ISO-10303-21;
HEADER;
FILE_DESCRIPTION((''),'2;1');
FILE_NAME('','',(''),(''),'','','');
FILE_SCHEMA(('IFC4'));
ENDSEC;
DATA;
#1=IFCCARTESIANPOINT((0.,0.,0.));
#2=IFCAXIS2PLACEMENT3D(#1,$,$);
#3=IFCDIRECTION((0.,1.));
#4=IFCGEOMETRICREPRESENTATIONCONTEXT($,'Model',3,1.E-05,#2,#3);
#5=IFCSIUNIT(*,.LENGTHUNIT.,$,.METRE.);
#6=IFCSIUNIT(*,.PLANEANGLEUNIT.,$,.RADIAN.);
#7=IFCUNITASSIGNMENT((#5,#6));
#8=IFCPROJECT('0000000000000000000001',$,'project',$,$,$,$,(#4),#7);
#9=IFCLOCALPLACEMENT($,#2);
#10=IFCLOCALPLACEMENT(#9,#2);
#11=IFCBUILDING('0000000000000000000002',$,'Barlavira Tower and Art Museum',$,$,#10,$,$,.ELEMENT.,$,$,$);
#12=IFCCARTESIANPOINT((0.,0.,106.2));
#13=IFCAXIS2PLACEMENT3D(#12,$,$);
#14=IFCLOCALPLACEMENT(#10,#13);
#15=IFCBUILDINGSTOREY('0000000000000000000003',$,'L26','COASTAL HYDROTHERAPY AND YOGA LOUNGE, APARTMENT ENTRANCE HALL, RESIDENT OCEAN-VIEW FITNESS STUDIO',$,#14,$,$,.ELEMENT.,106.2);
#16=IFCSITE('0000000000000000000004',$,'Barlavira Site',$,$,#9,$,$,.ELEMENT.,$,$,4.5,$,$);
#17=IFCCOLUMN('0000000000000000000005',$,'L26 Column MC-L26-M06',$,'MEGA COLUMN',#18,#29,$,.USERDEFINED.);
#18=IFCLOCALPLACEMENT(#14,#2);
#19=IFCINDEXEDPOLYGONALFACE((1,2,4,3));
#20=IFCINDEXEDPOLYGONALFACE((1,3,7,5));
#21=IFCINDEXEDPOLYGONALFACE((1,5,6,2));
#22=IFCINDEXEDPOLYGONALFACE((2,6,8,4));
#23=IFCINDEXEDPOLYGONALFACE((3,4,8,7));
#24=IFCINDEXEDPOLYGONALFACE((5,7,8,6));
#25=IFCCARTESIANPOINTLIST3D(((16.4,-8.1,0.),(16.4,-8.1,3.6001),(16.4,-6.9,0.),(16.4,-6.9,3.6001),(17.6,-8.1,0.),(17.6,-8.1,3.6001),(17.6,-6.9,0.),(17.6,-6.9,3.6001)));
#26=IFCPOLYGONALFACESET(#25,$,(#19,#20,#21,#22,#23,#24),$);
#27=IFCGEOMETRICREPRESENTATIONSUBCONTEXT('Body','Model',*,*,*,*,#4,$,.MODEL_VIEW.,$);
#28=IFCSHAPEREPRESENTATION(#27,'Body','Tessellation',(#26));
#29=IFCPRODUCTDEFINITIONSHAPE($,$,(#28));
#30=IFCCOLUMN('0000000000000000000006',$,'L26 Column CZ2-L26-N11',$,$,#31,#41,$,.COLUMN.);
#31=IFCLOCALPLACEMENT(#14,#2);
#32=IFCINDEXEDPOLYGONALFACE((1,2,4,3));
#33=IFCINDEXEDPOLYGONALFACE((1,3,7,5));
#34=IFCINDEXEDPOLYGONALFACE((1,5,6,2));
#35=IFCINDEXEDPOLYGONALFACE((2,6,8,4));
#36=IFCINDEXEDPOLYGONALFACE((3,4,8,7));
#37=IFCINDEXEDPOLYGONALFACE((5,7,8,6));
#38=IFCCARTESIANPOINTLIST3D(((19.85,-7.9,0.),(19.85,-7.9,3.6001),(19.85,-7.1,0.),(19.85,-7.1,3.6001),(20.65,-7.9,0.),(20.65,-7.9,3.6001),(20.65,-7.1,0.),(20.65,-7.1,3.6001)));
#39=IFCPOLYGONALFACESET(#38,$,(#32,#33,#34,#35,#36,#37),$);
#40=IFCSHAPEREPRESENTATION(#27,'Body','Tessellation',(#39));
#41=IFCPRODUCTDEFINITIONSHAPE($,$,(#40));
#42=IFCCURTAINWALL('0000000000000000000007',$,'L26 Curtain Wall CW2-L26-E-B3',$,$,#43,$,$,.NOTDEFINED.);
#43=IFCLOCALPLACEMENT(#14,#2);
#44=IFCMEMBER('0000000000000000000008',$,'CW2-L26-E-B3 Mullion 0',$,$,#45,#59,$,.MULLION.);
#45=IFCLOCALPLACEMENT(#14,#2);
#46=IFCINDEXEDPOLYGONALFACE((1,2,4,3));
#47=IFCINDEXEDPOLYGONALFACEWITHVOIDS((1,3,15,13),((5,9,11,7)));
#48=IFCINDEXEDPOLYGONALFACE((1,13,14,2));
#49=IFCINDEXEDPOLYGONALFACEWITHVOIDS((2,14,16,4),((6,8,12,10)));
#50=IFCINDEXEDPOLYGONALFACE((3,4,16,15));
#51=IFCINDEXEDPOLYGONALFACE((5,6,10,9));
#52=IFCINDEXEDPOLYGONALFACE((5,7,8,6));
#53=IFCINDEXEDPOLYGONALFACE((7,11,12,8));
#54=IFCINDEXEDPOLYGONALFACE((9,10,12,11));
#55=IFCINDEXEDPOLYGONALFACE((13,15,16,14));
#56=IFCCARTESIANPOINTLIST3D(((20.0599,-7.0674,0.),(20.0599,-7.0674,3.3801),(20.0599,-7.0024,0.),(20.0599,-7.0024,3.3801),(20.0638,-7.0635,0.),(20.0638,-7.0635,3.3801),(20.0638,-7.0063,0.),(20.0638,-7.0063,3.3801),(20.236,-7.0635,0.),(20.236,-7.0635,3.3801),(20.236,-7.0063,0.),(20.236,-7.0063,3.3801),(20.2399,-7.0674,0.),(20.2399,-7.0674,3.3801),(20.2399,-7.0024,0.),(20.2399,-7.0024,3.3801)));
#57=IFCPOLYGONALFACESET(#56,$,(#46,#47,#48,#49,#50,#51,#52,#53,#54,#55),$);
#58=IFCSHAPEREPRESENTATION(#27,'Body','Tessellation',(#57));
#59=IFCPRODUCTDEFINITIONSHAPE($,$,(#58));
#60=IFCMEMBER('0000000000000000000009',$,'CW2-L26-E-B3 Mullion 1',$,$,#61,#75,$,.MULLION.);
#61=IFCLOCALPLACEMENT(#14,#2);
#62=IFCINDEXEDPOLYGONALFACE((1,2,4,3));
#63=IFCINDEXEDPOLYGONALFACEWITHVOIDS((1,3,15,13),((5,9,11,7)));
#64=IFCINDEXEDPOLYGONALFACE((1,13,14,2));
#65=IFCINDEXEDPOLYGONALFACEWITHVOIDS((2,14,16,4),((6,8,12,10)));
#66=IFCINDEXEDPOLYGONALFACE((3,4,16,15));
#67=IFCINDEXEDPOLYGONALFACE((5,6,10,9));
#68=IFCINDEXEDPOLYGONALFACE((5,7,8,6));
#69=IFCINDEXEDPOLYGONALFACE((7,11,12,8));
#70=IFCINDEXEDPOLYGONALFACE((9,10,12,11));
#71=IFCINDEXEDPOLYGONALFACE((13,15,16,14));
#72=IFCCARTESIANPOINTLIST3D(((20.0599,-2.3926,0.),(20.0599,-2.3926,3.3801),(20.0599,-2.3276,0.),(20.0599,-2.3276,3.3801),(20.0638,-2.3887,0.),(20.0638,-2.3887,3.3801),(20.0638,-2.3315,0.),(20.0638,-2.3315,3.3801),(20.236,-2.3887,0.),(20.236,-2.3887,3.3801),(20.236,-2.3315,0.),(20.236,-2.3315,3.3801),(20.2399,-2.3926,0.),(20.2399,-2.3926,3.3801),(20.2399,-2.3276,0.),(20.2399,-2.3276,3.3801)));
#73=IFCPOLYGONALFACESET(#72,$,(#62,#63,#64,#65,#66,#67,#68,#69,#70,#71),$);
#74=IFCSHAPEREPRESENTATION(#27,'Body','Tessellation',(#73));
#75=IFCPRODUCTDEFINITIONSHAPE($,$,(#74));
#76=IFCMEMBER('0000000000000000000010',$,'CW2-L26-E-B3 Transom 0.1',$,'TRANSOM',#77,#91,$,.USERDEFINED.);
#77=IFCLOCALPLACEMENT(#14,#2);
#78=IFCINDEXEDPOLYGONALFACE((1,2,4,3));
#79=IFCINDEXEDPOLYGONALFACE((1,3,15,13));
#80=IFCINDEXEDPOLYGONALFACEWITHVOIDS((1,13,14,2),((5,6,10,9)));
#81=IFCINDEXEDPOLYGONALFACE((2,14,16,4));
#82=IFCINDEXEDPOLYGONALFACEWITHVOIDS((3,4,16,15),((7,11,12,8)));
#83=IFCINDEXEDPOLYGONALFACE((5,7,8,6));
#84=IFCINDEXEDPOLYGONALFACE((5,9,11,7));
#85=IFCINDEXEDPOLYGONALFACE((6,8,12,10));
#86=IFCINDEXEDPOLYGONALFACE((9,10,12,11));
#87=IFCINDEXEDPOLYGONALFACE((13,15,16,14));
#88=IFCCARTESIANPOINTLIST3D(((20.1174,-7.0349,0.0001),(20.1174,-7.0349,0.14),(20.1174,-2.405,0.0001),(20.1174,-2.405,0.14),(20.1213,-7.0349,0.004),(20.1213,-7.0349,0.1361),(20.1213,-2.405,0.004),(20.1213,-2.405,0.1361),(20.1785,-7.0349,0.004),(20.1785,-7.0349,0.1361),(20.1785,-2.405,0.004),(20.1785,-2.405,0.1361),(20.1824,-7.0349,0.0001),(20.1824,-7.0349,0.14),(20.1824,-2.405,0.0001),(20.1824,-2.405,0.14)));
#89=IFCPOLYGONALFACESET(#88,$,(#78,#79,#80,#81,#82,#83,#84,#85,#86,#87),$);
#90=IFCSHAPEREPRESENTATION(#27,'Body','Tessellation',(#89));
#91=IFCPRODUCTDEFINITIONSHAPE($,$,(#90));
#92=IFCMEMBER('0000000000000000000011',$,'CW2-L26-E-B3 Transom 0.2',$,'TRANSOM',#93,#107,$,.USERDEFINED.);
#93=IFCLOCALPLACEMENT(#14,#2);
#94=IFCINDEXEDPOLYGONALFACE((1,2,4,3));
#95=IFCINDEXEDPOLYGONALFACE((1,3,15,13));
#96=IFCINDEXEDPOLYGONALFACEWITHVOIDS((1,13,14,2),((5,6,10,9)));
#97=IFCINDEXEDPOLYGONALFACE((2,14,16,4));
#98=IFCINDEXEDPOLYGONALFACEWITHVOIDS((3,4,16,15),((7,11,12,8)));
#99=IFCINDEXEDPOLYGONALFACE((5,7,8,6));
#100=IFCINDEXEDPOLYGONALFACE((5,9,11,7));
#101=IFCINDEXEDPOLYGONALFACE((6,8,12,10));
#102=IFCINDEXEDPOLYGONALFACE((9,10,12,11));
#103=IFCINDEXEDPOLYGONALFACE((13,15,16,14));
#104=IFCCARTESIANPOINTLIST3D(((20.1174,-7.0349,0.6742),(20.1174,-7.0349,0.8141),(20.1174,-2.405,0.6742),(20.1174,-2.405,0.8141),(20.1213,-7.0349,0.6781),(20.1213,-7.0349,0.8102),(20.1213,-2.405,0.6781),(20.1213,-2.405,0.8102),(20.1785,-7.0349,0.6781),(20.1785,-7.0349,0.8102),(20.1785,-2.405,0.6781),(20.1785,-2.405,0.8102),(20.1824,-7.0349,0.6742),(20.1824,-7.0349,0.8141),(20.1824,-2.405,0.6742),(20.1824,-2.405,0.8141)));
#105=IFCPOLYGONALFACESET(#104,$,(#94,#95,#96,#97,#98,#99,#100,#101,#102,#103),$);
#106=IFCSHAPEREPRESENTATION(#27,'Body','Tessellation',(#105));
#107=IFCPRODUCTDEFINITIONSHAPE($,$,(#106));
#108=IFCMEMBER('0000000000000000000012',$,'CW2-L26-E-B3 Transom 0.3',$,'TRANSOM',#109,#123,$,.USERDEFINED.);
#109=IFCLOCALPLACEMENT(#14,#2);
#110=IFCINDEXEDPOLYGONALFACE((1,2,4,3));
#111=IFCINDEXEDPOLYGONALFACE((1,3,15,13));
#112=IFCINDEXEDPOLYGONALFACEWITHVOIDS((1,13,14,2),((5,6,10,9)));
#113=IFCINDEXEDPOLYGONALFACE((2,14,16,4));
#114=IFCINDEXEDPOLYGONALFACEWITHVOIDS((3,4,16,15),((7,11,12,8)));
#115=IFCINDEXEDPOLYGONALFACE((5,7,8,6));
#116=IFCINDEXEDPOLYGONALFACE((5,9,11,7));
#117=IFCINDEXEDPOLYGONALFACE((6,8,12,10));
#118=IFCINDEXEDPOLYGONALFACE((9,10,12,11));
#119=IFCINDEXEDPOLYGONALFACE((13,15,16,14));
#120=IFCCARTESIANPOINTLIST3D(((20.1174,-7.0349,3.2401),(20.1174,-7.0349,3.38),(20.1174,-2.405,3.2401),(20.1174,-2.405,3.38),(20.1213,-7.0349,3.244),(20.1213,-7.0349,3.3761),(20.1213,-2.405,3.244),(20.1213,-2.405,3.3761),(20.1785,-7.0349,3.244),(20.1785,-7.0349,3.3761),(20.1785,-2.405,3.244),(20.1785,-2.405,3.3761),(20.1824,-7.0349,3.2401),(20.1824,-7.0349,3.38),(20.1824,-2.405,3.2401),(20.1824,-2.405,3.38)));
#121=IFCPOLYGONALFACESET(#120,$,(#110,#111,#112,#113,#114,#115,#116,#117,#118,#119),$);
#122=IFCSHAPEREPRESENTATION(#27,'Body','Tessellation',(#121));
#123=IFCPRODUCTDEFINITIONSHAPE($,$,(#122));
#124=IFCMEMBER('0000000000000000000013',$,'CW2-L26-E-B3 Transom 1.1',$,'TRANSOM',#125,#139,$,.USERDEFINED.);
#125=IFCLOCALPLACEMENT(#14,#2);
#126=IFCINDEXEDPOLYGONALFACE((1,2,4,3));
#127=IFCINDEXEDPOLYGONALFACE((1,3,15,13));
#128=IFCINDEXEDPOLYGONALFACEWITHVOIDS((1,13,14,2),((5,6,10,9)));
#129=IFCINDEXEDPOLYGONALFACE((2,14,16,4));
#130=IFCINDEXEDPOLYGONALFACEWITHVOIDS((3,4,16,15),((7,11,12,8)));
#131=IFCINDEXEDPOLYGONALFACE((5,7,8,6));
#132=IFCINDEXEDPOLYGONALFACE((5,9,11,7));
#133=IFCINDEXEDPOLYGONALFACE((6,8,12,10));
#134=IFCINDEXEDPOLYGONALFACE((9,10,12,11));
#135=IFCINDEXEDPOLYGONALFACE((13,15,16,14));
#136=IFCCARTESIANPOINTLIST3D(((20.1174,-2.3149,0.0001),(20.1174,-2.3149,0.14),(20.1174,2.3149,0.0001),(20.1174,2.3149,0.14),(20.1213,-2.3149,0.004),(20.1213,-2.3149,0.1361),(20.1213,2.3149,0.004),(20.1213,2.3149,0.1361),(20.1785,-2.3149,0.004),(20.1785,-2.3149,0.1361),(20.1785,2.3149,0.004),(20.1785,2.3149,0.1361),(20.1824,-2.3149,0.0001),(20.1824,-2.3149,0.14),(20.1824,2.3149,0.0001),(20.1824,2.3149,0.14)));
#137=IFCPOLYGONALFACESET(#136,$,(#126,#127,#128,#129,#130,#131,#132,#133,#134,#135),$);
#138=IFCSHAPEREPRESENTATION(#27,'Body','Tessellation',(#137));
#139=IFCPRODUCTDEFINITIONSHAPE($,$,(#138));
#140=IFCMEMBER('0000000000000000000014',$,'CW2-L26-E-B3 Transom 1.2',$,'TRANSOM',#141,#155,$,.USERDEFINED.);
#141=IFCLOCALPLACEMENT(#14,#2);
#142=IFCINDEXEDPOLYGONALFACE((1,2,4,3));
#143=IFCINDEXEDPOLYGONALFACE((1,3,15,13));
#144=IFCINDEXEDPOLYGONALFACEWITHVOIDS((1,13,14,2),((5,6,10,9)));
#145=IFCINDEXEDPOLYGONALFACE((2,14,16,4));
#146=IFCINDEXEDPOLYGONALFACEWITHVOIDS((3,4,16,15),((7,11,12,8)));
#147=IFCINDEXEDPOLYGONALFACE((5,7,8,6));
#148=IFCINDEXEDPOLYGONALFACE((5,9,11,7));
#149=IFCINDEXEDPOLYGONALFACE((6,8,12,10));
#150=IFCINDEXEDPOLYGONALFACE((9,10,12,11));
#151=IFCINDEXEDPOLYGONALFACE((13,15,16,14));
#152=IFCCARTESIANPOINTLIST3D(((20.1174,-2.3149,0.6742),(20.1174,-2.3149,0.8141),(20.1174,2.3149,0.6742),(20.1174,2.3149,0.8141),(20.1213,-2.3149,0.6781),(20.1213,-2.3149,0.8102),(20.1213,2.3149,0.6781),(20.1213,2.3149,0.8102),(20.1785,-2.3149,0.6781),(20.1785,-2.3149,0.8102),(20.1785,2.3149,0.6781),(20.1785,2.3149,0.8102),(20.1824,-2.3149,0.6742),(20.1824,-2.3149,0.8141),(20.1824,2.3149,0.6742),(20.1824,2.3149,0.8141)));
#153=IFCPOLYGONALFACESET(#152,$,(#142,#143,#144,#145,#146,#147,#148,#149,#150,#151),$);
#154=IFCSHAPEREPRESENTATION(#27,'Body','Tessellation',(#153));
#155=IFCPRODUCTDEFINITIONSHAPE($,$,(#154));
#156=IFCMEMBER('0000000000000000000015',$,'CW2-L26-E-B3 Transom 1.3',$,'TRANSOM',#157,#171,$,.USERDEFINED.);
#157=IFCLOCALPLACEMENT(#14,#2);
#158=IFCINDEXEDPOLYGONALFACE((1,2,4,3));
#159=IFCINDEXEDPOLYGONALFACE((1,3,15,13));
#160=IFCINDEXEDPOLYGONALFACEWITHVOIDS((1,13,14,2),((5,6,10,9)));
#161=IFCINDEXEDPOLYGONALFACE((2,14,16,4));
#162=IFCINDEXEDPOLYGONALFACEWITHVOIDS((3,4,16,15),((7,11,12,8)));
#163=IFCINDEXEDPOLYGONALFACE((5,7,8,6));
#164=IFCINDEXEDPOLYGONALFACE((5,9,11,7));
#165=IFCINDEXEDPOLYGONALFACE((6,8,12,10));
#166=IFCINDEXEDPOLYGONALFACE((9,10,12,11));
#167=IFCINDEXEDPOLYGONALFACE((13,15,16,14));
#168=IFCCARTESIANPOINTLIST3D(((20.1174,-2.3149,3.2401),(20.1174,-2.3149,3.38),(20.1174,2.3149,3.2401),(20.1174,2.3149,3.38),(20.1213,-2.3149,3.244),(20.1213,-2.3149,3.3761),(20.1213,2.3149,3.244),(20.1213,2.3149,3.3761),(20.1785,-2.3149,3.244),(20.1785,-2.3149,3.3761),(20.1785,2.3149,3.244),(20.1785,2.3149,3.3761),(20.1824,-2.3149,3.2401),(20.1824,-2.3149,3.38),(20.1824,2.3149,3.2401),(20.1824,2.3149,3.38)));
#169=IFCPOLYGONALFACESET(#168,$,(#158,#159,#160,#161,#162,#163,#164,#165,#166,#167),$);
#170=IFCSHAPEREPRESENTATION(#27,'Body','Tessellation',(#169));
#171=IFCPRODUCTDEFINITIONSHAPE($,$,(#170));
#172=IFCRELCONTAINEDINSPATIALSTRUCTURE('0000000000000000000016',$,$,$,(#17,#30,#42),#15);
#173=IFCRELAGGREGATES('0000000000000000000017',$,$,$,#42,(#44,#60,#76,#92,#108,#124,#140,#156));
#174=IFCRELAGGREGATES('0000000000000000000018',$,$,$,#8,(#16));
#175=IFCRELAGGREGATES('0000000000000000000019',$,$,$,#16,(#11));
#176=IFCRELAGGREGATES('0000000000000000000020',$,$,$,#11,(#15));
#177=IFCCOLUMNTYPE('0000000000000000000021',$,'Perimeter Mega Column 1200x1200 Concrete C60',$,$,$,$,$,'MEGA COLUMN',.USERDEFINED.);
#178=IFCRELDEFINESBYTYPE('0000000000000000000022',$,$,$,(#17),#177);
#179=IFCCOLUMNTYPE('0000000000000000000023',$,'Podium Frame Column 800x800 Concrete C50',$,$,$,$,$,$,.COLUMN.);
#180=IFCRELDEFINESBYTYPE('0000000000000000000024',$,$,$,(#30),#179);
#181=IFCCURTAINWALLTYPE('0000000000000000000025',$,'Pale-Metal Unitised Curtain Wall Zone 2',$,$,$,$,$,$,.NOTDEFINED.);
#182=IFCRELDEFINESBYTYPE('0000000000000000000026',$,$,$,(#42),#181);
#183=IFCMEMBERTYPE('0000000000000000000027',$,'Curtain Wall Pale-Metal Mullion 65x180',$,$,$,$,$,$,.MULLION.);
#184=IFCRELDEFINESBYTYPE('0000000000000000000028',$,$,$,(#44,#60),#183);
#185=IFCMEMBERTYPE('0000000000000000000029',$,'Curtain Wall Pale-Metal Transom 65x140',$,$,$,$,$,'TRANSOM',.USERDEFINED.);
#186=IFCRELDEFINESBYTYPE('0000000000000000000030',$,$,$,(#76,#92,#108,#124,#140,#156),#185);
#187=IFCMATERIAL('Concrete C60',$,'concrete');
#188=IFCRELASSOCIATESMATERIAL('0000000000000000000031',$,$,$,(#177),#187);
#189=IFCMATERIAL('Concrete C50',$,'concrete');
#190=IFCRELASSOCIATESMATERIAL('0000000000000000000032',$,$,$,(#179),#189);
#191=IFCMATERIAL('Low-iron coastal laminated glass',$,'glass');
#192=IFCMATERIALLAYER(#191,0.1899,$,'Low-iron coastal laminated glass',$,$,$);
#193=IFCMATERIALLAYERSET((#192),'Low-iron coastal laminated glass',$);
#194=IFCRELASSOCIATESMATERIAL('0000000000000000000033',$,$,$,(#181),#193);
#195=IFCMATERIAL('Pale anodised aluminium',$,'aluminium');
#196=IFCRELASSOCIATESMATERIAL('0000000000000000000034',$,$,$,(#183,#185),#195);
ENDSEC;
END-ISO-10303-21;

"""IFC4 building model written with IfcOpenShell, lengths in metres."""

from ifc_helpers import new_model, si_unit, direction, frame, origin, origin_2d, place, context, subcontext, project, spatial, rectangle, hollow_rectangle, extrude, material, layer, layer_set, material_profile, profile_set, type_object, element, aggregate, save


model = new_model("IFC4")

# Units and contexts
model_context = context("Model", 3, precision=1e-05, world=origin(), true_north=direction((0.0, 1.0)))
body_context = subcontext(model_context, "Body", "Model", "MODEL_VIEW")
ifc_project = project(units=[si_unit("LENGTHUNIT", "METRE"), si_unit("PLANEANGLEUNIT", "RADIAN")], contexts=[model_context])

# Site, building, storey
site_placement = place(None, origin())
site = spatial("IfcSite", under=ifc_project, at=site_placement, Name="Barlavira Site", CompositionType="ELEMENT", RefElevation=4.5)
building_placement = place(site_placement, origin())
building = spatial("IfcBuilding", under=site, at=building_placement, Name="Barlavira Tower and Art Museum", CompositionType="ELEMENT")
storey_placement = place(building_placement, frame((0.0, 0.0, 106.2)))
storey = spatial("IfcBuildingStorey", under=building, at=storey_placement, Name="L26", Description="COASTAL HYDROTHERAPY AND YOGA LOUNGE, APARTMENT ENTRANCE HALL, RESIDENT OCEAN-VIEW FITNESS STUDIO", CompositionType="ELEMENT", Elevation=106.2)

# Columns
ifc_material_1 = material(Name="Concrete C60", Category="concrete")
ifc_material_profile_1 = material_profile(ifc_material_1, rectangle(XDim=1.2, YDim=1.2, at=origin_2d()), Name="RC-COL 1200x1200")
ifc_profile_set_1 = profile_set([ifc_material_profile_1], Name="Concrete C60")
column_type_1 = type_object("IfcColumnType", Name="Perimeter Mega Column 1200x1200 Concrete C60", ElementType="MEGA COLUMN", PredefinedType="USERDEFINED", material=ifc_profile_set_1)
column_1_placement = place(storey_placement, frame((17.0, -7.5, 0.0), z_axis=(0.0, 0.0, 1.0), x_axis=(1.0, 0.0, 0.0)))
element("IfcColumn", 1, at=column_1_placement, inside=storey, type_object=column_type_1, Name="L26 Column MC-L26-M06", ObjectType="MEGA COLUMN", PredefinedType="USERDEFINED", context=body_context, shape_type="SweptSolid", body=[
    extrude(rectangle(XDim=1.2, YDim=1.2, at=origin_2d()), origin(), (0.0, 0.0, 1.0), 3.6001),
])
ifc_material_2 = material(Name="Concrete C50", Category="concrete")
ifc_material_profile_2 = material_profile(ifc_material_2, rectangle(XDim=0.8, YDim=0.8, at=origin_2d()), Name="RC-COL 800x800")
ifc_profile_set_2 = profile_set([ifc_material_profile_2], Name="Concrete C50")
column_type_2 = type_object("IfcColumnType", Name="Podium Frame Column 800x800 Concrete C50", PredefinedType="COLUMN", material=ifc_profile_set_2)
column_2_placement = place(storey_placement, frame((20.25, -7.5, 0.0), z_axis=(0.0, 0.0, 1.0), x_axis=(1.0, 0.0, 0.0)))
element("IfcColumn", 2, at=column_2_placement, inside=storey, type_object=column_type_2, Name="L26 Column CZ2-L26-N11", PredefinedType="COLUMN", context=body_context, shape_type="SweptSolid", body=[
    extrude(rectangle(XDim=0.8, YDim=0.8, at=origin_2d()), origin(), (0.0, 0.0, 1.0), 3.6001),
])

# Curtain wall, members
ifc_material_3 = material(Name="Low-iron coastal laminated glass", Category="glass")
ifc_layer_1 = layer(ifc_material_3, 0.1899, Name="Low-iron coastal laminated glass")
ifc_layer_set_1 = layer_set([ifc_layer_1], Name="Low-iron coastal laminated glass")
curtain_wall_type = type_object("IfcCurtainWallType", Name="Pale-Metal Unitised Curtain Wall Zone 2", PredefinedType="NOTDEFINED", material=ifc_layer_set_1)
curtain_wall_placement = place(storey_placement, origin())
curtain_wall = element("IfcCurtainWall", 3, at=curtain_wall_placement, inside=storey, type_object=curtain_wall_type, Name="L26 Curtain Wall CW2-L26-E-B3", PredefinedType="NOTDEFINED")
ifc_material_4 = material(Name="Pale anodised aluminium", Category="aluminium")
ifc_material_profile_3 = material_profile(ifc_material_4, hollow_rectangle(XDim=0.0649, YDim=0.1799, WallThickness=0.0039, at=origin_2d()), Name="ALU-MULL 65x180x4")
ifc_profile_set_3 = profile_set([ifc_material_profile_3], Name="Pale anodised aluminium")
member_type_1 = type_object("IfcMemberType", Name="Curtain Wall Pale-Metal Mullion 65x180", PredefinedType="MULLION", material=ifc_profile_set_3)
member_1_placement = place(storey_placement, frame((20.1499, -7.0349, 0.0), z_axis=(0.0, 0.0, 1.0), x_axis=(0.0, 1.0, 0.0)))
member_1 = element("IfcMember", 4, at=member_1_placement, type_object=member_type_1, Name="CW2-L26-E-B3 Mullion 0", PredefinedType="MULLION", context=body_context, shape_type="SweptSolid", body=[
    extrude(hollow_rectangle(XDim=0.0649, YDim=0.1799, WallThickness=0.0039, at=origin_2d()), origin(), (0.0, 0.0, 1.0), 3.3801),
])
member_2_placement = place(storey_placement, frame((20.1499, -2.3601, 0.0), z_axis=(0.0, 0.0, 1.0), x_axis=(0.0, 1.0, 0.0)))
member_2 = element("IfcMember", 5, at=member_2_placement, type_object=member_type_1, Name="CW2-L26-E-B3 Mullion 1", PredefinedType="MULLION", context=body_context, shape_type="SweptSolid", body=[
    extrude(hollow_rectangle(XDim=0.0649, YDim=0.1799, WallThickness=0.0039, at=origin_2d()), origin(), (0.0, 0.0, 1.0), 3.3801),
])
ifc_material_profile_4 = material_profile(ifc_material_4, hollow_rectangle(XDim=0.0649, YDim=0.1399, WallThickness=0.0039, at=origin_2d()), Name="ALU-TRAN 65x140x4")
ifc_profile_set_4 = profile_set([ifc_material_profile_4], Name="Pale anodised aluminium")
member_type_2 = type_object("IfcMemberType", Name="Curtain Wall Pale-Metal Transom 65x140", ElementType="TRANSOM", PredefinedType="USERDEFINED", material=ifc_profile_set_4)
member_3_placement = place(storey_placement, frame((20.1499, -7.0349, 0.0701), z_axis=(0.0, 1.0, 0.0), x_axis=(-1.0, 0.0, 0.0)))
member_3 = element("IfcMember", 6, at=member_3_placement, type_object=member_type_2, Name="CW2-L26-E-B3 Transom 0.1", ObjectType="TRANSOM", PredefinedType="USERDEFINED", context=body_context, shape_type="SweptSolid", body=[
    extrude(hollow_rectangle(XDim=0.0649, YDim=0.1399, WallThickness=0.0039, at=origin_2d()), origin(), (0.0, 0.0, 1.0), 4.6299),
])
member_4_placement = place(storey_placement, frame((20.1499, -7.0349, 0.7441), z_axis=(0.0, 1.0, 0.0), x_axis=(-1.0, 0.0, 0.0)))
member_4 = element("IfcMember", 7, at=member_4_placement, type_object=member_type_2, Name="CW2-L26-E-B3 Transom 0.2", ObjectType="TRANSOM", PredefinedType="USERDEFINED", context=body_context, shape_type="SweptSolid", body=[
    extrude(hollow_rectangle(XDim=0.0649, YDim=0.1399, WallThickness=0.0039, at=origin_2d()), origin(), (0.0, 0.0, 1.0), 4.6299),
])
member_5_placement = place(storey_placement, frame((20.1499, -7.0349, 3.3101), z_axis=(0.0, 1.0, 0.0), x_axis=(-1.0, 0.0, 0.0)))
member_5 = element("IfcMember", 8, at=member_5_placement, type_object=member_type_2, Name="CW2-L26-E-B3 Transom 0.3", ObjectType="TRANSOM", PredefinedType="USERDEFINED", context=body_context, shape_type="SweptSolid", body=[
    extrude(hollow_rectangle(XDim=0.0649, YDim=0.1399, WallThickness=0.0039, at=origin_2d()), origin(), (0.0, 0.0, 1.0), 4.6299),
])
member_6_placement = place(storey_placement, frame((20.1499, -2.3149, 0.0701), z_axis=(0.0, 1.0, 0.0), x_axis=(-1.0, 0.0, 0.0)))
member_6 = element("IfcMember", 9, at=member_6_placement, type_object=member_type_2, Name="CW2-L26-E-B3 Transom 1.1", ObjectType="TRANSOM", PredefinedType="USERDEFINED", context=body_context, shape_type="SweptSolid", body=[
    extrude(hollow_rectangle(XDim=0.0649, YDim=0.1399, WallThickness=0.0039, at=origin_2d()), origin(), (0.0, 0.0, 1.0), 4.6299),
])
member_7_placement = place(storey_placement, frame((20.1499, -2.3149, 0.7441), z_axis=(0.0, 1.0, 0.0), x_axis=(-1.0, 0.0, 0.0)))
member_7 = element("IfcMember", 10, at=member_7_placement, type_object=member_type_2, Name="CW2-L26-E-B3 Transom 1.2", ObjectType="TRANSOM", PredefinedType="USERDEFINED", context=body_context, shape_type="SweptSolid", body=[
    extrude(hollow_rectangle(XDim=0.0649, YDim=0.1399, WallThickness=0.0039, at=origin_2d()), origin(), (0.0, 0.0, 1.0), 4.6299),
])
member_8_placement = place(storey_placement, frame((20.1499, -2.3149, 3.3101), z_axis=(0.0, 1.0, 0.0), x_axis=(-1.0, 0.0, 0.0)))
member_8 = element("IfcMember", 11, at=member_8_placement, type_object=member_type_2, Name="CW2-L26-E-B3 Transom 1.3", ObjectType="TRANSOM", PredefinedType="USERDEFINED", context=body_context, shape_type="SweptSolid", body=[
    extrude(hollow_rectangle(XDim=0.0649, YDim=0.1399, WallThickness=0.0039, at=origin_2d()), origin(), (0.0, 0.0, 1.0), 4.6299),
])

aggregate(curtain_wall, [member_1, member_2, member_3, member_4, member_5, member_6, member_7, member_8])

save(model, "model.ifc")
